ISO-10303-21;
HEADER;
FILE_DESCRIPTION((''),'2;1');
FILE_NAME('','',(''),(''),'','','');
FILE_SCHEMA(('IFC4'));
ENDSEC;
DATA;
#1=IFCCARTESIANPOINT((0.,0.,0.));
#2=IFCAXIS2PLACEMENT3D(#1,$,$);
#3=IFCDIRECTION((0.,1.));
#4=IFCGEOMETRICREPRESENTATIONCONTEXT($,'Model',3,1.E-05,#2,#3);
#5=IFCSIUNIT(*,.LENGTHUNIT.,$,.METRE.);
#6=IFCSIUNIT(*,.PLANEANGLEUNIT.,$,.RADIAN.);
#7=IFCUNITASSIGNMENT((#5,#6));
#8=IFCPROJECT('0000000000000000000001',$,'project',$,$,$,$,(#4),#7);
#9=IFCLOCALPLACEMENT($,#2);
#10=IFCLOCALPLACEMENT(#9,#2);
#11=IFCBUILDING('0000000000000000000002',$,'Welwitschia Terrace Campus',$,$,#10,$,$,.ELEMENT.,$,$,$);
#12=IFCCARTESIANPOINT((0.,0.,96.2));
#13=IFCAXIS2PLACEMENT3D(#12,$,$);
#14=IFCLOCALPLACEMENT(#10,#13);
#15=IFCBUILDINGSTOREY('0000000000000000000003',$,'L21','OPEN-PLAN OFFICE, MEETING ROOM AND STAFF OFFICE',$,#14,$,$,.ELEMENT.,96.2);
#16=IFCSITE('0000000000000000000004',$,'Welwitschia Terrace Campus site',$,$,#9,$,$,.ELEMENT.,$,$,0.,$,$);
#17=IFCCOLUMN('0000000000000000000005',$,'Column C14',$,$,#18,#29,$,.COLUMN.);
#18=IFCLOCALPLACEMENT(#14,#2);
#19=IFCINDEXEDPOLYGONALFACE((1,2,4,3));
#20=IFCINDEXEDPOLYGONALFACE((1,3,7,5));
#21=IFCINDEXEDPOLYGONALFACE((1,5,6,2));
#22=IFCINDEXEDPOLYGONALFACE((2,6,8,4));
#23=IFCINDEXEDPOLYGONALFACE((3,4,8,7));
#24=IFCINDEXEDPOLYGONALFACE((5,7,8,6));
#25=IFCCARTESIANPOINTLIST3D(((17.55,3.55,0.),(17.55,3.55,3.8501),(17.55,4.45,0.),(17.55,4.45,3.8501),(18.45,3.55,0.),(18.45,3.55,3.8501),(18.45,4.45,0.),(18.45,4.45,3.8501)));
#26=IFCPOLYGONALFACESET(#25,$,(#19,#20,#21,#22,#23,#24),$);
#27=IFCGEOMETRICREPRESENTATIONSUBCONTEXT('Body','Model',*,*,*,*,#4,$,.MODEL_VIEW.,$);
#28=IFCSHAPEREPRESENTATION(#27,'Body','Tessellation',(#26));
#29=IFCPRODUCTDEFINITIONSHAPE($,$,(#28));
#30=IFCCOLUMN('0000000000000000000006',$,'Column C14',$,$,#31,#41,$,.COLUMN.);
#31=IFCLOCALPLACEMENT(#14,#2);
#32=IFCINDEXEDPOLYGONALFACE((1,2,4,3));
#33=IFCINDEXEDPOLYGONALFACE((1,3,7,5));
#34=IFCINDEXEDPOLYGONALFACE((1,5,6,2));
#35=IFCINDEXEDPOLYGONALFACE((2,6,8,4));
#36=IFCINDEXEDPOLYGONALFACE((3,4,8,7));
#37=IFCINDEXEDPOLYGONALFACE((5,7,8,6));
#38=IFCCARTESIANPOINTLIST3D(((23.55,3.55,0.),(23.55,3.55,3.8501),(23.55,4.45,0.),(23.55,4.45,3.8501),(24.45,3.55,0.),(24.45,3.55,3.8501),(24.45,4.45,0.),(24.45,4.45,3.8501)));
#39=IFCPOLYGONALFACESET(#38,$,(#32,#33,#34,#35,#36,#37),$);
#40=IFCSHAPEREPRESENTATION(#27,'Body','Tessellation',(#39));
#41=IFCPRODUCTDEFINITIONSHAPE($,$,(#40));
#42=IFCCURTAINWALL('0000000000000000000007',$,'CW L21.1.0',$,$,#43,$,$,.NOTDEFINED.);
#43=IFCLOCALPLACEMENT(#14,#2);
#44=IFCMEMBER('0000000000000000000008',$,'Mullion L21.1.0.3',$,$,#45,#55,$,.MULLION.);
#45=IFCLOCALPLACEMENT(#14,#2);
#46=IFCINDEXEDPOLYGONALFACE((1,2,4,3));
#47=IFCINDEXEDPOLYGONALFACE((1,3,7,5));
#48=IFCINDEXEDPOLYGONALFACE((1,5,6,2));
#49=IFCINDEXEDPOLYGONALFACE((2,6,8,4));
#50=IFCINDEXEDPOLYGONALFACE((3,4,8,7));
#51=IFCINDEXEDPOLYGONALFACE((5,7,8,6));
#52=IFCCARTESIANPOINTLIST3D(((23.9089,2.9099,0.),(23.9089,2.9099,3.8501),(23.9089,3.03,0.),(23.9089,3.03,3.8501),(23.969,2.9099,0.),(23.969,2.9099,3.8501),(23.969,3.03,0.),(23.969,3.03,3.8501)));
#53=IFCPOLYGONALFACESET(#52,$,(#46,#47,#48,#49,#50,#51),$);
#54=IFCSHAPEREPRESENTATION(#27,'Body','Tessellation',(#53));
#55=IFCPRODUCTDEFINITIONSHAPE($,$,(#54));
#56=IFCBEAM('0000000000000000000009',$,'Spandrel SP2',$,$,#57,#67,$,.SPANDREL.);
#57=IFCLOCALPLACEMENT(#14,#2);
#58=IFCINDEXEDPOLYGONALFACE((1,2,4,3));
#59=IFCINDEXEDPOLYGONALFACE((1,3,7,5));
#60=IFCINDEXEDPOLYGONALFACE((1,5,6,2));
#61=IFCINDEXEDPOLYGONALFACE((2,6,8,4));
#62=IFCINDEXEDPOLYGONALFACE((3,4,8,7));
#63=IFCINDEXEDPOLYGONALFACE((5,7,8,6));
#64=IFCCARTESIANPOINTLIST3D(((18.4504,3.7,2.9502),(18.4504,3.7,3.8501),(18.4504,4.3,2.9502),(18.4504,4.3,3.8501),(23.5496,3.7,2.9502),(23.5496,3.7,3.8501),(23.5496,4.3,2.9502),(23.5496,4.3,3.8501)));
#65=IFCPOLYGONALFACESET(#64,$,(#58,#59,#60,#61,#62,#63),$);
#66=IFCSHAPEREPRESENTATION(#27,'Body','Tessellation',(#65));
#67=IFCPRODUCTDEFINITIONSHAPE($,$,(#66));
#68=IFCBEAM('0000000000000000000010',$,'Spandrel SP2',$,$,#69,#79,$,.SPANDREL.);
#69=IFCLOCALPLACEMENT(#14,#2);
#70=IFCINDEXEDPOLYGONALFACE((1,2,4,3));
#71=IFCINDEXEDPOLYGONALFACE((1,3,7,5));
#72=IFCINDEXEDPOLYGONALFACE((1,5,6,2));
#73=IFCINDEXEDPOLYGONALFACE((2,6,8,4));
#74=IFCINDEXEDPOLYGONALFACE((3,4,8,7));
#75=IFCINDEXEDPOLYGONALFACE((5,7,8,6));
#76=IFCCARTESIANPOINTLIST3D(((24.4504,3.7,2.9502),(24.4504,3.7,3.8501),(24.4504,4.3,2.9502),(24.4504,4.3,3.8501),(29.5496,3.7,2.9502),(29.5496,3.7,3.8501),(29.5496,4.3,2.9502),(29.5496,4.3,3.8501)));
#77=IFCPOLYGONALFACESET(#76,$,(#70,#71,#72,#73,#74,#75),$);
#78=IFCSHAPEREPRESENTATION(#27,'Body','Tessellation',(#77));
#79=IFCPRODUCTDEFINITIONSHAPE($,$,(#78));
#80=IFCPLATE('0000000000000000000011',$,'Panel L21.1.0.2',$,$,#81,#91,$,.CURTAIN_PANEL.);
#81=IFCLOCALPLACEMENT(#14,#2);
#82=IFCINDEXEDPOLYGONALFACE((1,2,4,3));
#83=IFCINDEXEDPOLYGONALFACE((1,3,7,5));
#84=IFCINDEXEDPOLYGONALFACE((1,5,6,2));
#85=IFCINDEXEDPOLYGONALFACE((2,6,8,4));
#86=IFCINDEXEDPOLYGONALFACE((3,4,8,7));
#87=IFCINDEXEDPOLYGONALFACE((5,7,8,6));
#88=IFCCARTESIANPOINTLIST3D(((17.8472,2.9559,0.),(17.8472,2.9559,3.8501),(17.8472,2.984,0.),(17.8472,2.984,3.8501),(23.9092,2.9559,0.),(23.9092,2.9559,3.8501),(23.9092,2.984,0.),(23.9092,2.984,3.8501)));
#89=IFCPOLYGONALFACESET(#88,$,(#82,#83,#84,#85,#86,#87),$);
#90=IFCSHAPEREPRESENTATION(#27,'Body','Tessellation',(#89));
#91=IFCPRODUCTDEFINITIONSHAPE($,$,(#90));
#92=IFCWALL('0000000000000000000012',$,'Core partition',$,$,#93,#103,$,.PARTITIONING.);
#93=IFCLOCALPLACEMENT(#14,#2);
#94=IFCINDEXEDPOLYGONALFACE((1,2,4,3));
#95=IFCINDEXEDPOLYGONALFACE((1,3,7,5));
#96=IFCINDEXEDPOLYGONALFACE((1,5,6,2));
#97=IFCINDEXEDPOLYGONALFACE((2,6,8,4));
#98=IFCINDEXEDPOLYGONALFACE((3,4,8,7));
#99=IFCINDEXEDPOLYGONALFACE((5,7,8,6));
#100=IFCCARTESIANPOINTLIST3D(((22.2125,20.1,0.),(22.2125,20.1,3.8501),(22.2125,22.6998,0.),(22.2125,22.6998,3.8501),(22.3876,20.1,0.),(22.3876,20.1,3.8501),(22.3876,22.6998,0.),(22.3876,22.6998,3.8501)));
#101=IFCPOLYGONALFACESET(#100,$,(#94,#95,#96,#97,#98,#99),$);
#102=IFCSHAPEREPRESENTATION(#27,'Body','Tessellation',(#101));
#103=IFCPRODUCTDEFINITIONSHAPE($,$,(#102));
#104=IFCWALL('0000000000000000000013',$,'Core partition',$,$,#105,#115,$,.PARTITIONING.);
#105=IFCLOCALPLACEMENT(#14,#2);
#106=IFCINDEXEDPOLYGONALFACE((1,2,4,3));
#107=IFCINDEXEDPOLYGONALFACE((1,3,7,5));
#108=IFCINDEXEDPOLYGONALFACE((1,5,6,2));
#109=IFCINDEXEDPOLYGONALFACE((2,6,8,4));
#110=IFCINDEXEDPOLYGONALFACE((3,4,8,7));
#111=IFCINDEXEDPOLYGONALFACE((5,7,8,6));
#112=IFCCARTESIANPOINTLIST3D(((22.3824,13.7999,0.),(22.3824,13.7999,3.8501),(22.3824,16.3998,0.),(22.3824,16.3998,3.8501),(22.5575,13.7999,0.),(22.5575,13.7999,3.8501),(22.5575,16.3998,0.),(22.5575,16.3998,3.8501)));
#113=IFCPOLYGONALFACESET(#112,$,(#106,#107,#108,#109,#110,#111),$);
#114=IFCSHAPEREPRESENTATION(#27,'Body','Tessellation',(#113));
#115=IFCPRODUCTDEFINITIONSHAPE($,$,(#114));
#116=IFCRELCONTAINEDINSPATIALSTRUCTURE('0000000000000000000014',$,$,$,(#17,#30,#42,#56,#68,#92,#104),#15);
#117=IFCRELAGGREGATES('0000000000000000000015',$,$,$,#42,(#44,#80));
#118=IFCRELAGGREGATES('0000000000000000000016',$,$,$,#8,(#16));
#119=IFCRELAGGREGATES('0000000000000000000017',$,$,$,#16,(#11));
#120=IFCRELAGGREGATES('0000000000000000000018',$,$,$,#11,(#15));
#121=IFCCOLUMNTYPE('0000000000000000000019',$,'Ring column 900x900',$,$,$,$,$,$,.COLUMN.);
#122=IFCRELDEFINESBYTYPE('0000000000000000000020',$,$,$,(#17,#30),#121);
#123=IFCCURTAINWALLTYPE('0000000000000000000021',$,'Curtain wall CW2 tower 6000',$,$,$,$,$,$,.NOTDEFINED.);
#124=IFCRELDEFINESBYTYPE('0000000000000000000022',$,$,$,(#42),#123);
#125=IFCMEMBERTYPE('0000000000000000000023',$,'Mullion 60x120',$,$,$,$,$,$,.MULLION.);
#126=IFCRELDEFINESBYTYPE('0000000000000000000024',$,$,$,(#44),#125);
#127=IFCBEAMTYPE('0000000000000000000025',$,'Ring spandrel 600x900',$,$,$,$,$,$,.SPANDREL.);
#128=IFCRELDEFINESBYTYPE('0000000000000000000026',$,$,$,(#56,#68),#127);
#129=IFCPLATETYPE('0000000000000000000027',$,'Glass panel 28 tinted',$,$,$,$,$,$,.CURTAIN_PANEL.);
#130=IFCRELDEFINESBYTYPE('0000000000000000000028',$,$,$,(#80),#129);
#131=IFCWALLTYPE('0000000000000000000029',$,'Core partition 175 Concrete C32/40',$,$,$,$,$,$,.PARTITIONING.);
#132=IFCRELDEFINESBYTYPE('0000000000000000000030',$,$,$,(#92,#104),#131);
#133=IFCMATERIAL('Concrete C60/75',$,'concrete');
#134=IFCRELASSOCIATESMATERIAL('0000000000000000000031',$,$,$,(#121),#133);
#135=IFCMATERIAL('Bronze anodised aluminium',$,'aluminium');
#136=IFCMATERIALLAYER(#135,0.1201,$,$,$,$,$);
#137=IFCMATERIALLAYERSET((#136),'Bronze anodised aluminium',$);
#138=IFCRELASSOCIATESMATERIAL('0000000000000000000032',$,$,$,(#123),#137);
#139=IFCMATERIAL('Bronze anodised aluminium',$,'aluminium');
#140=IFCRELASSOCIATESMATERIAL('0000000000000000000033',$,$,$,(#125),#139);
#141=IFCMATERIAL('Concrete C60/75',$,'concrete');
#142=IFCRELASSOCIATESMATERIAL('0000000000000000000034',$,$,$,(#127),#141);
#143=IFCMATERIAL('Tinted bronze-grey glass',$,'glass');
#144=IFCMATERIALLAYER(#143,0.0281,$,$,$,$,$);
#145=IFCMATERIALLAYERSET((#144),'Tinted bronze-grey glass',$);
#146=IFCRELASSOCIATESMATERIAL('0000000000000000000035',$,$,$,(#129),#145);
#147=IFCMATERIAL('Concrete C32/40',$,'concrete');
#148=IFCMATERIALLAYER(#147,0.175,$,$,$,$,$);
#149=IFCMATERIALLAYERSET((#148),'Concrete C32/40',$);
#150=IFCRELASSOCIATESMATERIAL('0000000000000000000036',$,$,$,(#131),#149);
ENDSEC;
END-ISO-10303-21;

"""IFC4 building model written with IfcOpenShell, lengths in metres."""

from ifc_helpers import new_model, si_unit, direction, frame, frame_2d, origin, origin_2d, place, context, subcontext, project, spatial, rectangle, extrude, material, layer, layer_set, material_profile, profile_set, type_object, element, aggregate, save


model = new_model("IFC4")

# Units and contexts
model_context = context("Model", 3, precision=1e-05, world=origin(), true_north=direction((0.0, 1.0)))
body_context = subcontext(model_context, "Body", "Model", "MODEL_VIEW")
ifc_project = project(units=[si_unit("LENGTHUNIT", "METRE"), si_unit("PLANEANGLEUNIT", "RADIAN")], contexts=[model_context])

# Site, building, storey
site_placement = place(None, origin())
site = spatial("IfcSite", under=ifc_project, at=site_placement, Name="Welwitschia Terrace Campus site", CompositionType="ELEMENT", RefElevation=0.0)
building_placement = place(site_placement, origin())
building = spatial("IfcBuilding", under=site, at=building_placement, Name="Welwitschia Terrace Campus", CompositionType="ELEMENT")
storey_placement = place(building_placement, frame((0.0, 0.0, 96.2)))
storey = spatial("IfcBuildingStorey", under=building, at=storey_placement, Name="L21", Description="OPEN-PLAN OFFICE, MEETING ROOM AND STAFF OFFICE", CompositionType="ELEMENT", Elevation=96.2)

# Columns
ifc_material_1 = material(Name="Concrete C60/75", Category="concrete")
ifc_material_profile_1 = material_profile(ifc_material_1, rectangle(XDim=0.8999, YDim=0.8999, at=origin_2d()))
ifc_profile_set_1 = profile_set([ifc_material_profile_1], Name="Concrete C60/75")
column_type = type_object("IfcColumnType", Name="Ring column 900x900", PredefinedType="COLUMN", material=ifc_profile_set_1)
for number, where, z_axis, x_axis, name in (
    (1, (18.0, 4.0, 0.0), (0.0, 0.0, 1.0), (1.0, 0.0, 0.0), "Column C14"),
    (2, (24.0, 4.0, 0.0), (0.0, 0.0, 1.0), (1.0, 0.0, 0.0), "Column C14"),
):
    element("IfcColumn", number, at=place(storey_placement, frame(where, z_axis=z_axis, x_axis=x_axis)), inside=storey, type_object=column_type, Name=name, PredefinedType="COLUMN", context=body_context, shape_type="SweptSolid", body=[
        extrude(rectangle(XDim=0.8999, YDim=0.8999, at=origin_2d()), origin(), (0.0, 0.0, 1.0), 3.8501),
    ])

# Curtain wall, member
ifc_material_2 = material(Name="Bronze anodised aluminium", Category="aluminium")
ifc_layer_1 = layer(ifc_material_2, 0.1201)
ifc_layer_set_1 = layer_set([ifc_layer_1], Name="Bronze anodised aluminium")
curtain_wall_type = type_object("IfcCurtainWallType", Name="Curtain wall CW2 tower 6000", PredefinedType="NOTDEFINED", material=ifc_layer_set_1)
curtain_wall_placement = place(storey_placement, origin())
curtain_wall = element("IfcCurtainWall", 3, at=curtain_wall_placement, inside=storey, type_object=curtain_wall_type, Name="CW L21.1.0", PredefinedType="NOTDEFINED")
ifc_material_3 = material(Name="Bronze anodised aluminium", Category="aluminium")
ifc_material_profile_2 = material_profile(ifc_material_3, rectangle(XDim=0.1201, YDim=0.0601, at=origin_2d()))
ifc_profile_set_2 = profile_set([ifc_material_profile_2], Name="Bronze anodised aluminium")
member_type = type_object("IfcMemberType", Name="Mullion 60x120", PredefinedType="MULLION", material=ifc_profile_set_2)
member_placement = place(storey_placement, frame((23.939, 2.97, 0.0), z_axis=(0.0, 0.0, 1.0), x_axis=(0.0, 1.0, 0.0)))
member = element("IfcMember", 4, at=member_placement, type_object=member_type, Name="Mullion L21.1.0.3", PredefinedType="MULLION", context=body_context, shape_type="SweptSolid", body=[
    extrude(rectangle(XDim=0.1201, YDim=0.0601, at=origin_2d()), origin(), (0.0, 0.0, 1.0), 3.8501),
])

# Beams
ifc_material_4 = material(Name="Concrete C60/75", Category="concrete")
ifc_material_profile_3 = material_profile(ifc_material_4, rectangle(XDim=0.6001, YDim=0.8999, at=origin_2d()))
ifc_profile_set_3 = profile_set([ifc_material_profile_3], Name="Concrete C60/75")
beam_type = type_object("IfcBeamType", Name="Ring spandrel 600x900", PredefinedType="SPANDREL", material=ifc_profile_set_3)
for number, where, z_axis, x_axis, name in (
    (5, (18.4504, 4.0, 3.4001), (1.0, 0.0, 0.0), (0.0, 1.0, 0.0), "Spandrel SP2"),
    (6, (24.4504, 4.0, 3.4001), (1.0, 0.0, 0.0), (0.0, 1.0, 0.0), "Spandrel SP2"),
):
    element("IfcBeam", number, at=place(storey_placement, frame(where, z_axis=z_axis, x_axis=x_axis)), inside=storey, type_object=beam_type, Name=name, PredefinedType="SPANDREL", context=body_context, shape_type="SweptSolid", body=[
        extrude(rectangle(XDim=0.6001, YDim=0.8999, at=origin_2d()), origin(), (0.0, 0.0, 1.0), 5.0991),
    ])

# Plate
ifc_material_5 = material(Name="Tinted bronze-grey glass", Category="glass")
ifc_layer_2 = layer(ifc_material_5, 0.0281)
ifc_layer_set_2 = layer_set([ifc_layer_2], Name="Tinted bronze-grey glass")
plate_type = type_object("IfcPlateType", Name="Glass panel 28 tinted", PredefinedType="CURTAIN_PANEL", material=ifc_layer_set_2)
plate_placement = place(storey_placement, frame((20.8782, 2.97, 0.0), z_axis=(0.0, 0.0, 1.0), x_axis=(1.0, 0.0, 0.0)))
plate = element("IfcPlate", 7, at=plate_placement, type_object=plate_type, Name="Panel L21.1.0.2", PredefinedType="CURTAIN_PANEL", context=body_context, shape_type="SweptSolid", body=[
    extrude(rectangle(XDim=6.062, YDim=0.0281, at=origin_2d()), origin(), (0.0, 0.0, 1.0), 3.8501),
])
aggregate(curtain_wall, [member, plate])

# Walls
ifc_material_6 = material(Name="Concrete C32/40", Category="concrete")
ifc_layer_3 = layer(ifc_material_6, 0.175)
ifc_layer_set_3 = layer_set([ifc_layer_3], Name="Concrete C32/40")
wall_type_1 = type_object("IfcWallType", Name="Core partition 175 Concrete C32/40", PredefinedType="PARTITIONING", material=ifc_layer_set_3)
for number, where, z_axis, x_axis, name in (
    (8, (22.3, 20.1001, 0.0), (0.0, 0.0, 1.0), (0.0, 1.0, 0.0), "Core partition"),
    (9, (22.47, 13.8, 0.0), (0.0, 0.0, 1.0), (0.0, 1.0, 0.0), "Core partition"),
):
    element("IfcWall", number, at=place(storey_placement, frame(where, z_axis=z_axis, x_axis=x_axis)), inside=storey, type_object=wall_type_1, Name=name, PredefinedType="PARTITIONING", context=body_context, shape_type="SweptSolid", body=[
        extrude(rectangle(XDim=2.5999, YDim=0.175, at=frame_2d((1.2998, 0.0))), origin(), (0.0, 0.0, 1.0), 3.8501),
    ])

save(model, "model.ifc")
